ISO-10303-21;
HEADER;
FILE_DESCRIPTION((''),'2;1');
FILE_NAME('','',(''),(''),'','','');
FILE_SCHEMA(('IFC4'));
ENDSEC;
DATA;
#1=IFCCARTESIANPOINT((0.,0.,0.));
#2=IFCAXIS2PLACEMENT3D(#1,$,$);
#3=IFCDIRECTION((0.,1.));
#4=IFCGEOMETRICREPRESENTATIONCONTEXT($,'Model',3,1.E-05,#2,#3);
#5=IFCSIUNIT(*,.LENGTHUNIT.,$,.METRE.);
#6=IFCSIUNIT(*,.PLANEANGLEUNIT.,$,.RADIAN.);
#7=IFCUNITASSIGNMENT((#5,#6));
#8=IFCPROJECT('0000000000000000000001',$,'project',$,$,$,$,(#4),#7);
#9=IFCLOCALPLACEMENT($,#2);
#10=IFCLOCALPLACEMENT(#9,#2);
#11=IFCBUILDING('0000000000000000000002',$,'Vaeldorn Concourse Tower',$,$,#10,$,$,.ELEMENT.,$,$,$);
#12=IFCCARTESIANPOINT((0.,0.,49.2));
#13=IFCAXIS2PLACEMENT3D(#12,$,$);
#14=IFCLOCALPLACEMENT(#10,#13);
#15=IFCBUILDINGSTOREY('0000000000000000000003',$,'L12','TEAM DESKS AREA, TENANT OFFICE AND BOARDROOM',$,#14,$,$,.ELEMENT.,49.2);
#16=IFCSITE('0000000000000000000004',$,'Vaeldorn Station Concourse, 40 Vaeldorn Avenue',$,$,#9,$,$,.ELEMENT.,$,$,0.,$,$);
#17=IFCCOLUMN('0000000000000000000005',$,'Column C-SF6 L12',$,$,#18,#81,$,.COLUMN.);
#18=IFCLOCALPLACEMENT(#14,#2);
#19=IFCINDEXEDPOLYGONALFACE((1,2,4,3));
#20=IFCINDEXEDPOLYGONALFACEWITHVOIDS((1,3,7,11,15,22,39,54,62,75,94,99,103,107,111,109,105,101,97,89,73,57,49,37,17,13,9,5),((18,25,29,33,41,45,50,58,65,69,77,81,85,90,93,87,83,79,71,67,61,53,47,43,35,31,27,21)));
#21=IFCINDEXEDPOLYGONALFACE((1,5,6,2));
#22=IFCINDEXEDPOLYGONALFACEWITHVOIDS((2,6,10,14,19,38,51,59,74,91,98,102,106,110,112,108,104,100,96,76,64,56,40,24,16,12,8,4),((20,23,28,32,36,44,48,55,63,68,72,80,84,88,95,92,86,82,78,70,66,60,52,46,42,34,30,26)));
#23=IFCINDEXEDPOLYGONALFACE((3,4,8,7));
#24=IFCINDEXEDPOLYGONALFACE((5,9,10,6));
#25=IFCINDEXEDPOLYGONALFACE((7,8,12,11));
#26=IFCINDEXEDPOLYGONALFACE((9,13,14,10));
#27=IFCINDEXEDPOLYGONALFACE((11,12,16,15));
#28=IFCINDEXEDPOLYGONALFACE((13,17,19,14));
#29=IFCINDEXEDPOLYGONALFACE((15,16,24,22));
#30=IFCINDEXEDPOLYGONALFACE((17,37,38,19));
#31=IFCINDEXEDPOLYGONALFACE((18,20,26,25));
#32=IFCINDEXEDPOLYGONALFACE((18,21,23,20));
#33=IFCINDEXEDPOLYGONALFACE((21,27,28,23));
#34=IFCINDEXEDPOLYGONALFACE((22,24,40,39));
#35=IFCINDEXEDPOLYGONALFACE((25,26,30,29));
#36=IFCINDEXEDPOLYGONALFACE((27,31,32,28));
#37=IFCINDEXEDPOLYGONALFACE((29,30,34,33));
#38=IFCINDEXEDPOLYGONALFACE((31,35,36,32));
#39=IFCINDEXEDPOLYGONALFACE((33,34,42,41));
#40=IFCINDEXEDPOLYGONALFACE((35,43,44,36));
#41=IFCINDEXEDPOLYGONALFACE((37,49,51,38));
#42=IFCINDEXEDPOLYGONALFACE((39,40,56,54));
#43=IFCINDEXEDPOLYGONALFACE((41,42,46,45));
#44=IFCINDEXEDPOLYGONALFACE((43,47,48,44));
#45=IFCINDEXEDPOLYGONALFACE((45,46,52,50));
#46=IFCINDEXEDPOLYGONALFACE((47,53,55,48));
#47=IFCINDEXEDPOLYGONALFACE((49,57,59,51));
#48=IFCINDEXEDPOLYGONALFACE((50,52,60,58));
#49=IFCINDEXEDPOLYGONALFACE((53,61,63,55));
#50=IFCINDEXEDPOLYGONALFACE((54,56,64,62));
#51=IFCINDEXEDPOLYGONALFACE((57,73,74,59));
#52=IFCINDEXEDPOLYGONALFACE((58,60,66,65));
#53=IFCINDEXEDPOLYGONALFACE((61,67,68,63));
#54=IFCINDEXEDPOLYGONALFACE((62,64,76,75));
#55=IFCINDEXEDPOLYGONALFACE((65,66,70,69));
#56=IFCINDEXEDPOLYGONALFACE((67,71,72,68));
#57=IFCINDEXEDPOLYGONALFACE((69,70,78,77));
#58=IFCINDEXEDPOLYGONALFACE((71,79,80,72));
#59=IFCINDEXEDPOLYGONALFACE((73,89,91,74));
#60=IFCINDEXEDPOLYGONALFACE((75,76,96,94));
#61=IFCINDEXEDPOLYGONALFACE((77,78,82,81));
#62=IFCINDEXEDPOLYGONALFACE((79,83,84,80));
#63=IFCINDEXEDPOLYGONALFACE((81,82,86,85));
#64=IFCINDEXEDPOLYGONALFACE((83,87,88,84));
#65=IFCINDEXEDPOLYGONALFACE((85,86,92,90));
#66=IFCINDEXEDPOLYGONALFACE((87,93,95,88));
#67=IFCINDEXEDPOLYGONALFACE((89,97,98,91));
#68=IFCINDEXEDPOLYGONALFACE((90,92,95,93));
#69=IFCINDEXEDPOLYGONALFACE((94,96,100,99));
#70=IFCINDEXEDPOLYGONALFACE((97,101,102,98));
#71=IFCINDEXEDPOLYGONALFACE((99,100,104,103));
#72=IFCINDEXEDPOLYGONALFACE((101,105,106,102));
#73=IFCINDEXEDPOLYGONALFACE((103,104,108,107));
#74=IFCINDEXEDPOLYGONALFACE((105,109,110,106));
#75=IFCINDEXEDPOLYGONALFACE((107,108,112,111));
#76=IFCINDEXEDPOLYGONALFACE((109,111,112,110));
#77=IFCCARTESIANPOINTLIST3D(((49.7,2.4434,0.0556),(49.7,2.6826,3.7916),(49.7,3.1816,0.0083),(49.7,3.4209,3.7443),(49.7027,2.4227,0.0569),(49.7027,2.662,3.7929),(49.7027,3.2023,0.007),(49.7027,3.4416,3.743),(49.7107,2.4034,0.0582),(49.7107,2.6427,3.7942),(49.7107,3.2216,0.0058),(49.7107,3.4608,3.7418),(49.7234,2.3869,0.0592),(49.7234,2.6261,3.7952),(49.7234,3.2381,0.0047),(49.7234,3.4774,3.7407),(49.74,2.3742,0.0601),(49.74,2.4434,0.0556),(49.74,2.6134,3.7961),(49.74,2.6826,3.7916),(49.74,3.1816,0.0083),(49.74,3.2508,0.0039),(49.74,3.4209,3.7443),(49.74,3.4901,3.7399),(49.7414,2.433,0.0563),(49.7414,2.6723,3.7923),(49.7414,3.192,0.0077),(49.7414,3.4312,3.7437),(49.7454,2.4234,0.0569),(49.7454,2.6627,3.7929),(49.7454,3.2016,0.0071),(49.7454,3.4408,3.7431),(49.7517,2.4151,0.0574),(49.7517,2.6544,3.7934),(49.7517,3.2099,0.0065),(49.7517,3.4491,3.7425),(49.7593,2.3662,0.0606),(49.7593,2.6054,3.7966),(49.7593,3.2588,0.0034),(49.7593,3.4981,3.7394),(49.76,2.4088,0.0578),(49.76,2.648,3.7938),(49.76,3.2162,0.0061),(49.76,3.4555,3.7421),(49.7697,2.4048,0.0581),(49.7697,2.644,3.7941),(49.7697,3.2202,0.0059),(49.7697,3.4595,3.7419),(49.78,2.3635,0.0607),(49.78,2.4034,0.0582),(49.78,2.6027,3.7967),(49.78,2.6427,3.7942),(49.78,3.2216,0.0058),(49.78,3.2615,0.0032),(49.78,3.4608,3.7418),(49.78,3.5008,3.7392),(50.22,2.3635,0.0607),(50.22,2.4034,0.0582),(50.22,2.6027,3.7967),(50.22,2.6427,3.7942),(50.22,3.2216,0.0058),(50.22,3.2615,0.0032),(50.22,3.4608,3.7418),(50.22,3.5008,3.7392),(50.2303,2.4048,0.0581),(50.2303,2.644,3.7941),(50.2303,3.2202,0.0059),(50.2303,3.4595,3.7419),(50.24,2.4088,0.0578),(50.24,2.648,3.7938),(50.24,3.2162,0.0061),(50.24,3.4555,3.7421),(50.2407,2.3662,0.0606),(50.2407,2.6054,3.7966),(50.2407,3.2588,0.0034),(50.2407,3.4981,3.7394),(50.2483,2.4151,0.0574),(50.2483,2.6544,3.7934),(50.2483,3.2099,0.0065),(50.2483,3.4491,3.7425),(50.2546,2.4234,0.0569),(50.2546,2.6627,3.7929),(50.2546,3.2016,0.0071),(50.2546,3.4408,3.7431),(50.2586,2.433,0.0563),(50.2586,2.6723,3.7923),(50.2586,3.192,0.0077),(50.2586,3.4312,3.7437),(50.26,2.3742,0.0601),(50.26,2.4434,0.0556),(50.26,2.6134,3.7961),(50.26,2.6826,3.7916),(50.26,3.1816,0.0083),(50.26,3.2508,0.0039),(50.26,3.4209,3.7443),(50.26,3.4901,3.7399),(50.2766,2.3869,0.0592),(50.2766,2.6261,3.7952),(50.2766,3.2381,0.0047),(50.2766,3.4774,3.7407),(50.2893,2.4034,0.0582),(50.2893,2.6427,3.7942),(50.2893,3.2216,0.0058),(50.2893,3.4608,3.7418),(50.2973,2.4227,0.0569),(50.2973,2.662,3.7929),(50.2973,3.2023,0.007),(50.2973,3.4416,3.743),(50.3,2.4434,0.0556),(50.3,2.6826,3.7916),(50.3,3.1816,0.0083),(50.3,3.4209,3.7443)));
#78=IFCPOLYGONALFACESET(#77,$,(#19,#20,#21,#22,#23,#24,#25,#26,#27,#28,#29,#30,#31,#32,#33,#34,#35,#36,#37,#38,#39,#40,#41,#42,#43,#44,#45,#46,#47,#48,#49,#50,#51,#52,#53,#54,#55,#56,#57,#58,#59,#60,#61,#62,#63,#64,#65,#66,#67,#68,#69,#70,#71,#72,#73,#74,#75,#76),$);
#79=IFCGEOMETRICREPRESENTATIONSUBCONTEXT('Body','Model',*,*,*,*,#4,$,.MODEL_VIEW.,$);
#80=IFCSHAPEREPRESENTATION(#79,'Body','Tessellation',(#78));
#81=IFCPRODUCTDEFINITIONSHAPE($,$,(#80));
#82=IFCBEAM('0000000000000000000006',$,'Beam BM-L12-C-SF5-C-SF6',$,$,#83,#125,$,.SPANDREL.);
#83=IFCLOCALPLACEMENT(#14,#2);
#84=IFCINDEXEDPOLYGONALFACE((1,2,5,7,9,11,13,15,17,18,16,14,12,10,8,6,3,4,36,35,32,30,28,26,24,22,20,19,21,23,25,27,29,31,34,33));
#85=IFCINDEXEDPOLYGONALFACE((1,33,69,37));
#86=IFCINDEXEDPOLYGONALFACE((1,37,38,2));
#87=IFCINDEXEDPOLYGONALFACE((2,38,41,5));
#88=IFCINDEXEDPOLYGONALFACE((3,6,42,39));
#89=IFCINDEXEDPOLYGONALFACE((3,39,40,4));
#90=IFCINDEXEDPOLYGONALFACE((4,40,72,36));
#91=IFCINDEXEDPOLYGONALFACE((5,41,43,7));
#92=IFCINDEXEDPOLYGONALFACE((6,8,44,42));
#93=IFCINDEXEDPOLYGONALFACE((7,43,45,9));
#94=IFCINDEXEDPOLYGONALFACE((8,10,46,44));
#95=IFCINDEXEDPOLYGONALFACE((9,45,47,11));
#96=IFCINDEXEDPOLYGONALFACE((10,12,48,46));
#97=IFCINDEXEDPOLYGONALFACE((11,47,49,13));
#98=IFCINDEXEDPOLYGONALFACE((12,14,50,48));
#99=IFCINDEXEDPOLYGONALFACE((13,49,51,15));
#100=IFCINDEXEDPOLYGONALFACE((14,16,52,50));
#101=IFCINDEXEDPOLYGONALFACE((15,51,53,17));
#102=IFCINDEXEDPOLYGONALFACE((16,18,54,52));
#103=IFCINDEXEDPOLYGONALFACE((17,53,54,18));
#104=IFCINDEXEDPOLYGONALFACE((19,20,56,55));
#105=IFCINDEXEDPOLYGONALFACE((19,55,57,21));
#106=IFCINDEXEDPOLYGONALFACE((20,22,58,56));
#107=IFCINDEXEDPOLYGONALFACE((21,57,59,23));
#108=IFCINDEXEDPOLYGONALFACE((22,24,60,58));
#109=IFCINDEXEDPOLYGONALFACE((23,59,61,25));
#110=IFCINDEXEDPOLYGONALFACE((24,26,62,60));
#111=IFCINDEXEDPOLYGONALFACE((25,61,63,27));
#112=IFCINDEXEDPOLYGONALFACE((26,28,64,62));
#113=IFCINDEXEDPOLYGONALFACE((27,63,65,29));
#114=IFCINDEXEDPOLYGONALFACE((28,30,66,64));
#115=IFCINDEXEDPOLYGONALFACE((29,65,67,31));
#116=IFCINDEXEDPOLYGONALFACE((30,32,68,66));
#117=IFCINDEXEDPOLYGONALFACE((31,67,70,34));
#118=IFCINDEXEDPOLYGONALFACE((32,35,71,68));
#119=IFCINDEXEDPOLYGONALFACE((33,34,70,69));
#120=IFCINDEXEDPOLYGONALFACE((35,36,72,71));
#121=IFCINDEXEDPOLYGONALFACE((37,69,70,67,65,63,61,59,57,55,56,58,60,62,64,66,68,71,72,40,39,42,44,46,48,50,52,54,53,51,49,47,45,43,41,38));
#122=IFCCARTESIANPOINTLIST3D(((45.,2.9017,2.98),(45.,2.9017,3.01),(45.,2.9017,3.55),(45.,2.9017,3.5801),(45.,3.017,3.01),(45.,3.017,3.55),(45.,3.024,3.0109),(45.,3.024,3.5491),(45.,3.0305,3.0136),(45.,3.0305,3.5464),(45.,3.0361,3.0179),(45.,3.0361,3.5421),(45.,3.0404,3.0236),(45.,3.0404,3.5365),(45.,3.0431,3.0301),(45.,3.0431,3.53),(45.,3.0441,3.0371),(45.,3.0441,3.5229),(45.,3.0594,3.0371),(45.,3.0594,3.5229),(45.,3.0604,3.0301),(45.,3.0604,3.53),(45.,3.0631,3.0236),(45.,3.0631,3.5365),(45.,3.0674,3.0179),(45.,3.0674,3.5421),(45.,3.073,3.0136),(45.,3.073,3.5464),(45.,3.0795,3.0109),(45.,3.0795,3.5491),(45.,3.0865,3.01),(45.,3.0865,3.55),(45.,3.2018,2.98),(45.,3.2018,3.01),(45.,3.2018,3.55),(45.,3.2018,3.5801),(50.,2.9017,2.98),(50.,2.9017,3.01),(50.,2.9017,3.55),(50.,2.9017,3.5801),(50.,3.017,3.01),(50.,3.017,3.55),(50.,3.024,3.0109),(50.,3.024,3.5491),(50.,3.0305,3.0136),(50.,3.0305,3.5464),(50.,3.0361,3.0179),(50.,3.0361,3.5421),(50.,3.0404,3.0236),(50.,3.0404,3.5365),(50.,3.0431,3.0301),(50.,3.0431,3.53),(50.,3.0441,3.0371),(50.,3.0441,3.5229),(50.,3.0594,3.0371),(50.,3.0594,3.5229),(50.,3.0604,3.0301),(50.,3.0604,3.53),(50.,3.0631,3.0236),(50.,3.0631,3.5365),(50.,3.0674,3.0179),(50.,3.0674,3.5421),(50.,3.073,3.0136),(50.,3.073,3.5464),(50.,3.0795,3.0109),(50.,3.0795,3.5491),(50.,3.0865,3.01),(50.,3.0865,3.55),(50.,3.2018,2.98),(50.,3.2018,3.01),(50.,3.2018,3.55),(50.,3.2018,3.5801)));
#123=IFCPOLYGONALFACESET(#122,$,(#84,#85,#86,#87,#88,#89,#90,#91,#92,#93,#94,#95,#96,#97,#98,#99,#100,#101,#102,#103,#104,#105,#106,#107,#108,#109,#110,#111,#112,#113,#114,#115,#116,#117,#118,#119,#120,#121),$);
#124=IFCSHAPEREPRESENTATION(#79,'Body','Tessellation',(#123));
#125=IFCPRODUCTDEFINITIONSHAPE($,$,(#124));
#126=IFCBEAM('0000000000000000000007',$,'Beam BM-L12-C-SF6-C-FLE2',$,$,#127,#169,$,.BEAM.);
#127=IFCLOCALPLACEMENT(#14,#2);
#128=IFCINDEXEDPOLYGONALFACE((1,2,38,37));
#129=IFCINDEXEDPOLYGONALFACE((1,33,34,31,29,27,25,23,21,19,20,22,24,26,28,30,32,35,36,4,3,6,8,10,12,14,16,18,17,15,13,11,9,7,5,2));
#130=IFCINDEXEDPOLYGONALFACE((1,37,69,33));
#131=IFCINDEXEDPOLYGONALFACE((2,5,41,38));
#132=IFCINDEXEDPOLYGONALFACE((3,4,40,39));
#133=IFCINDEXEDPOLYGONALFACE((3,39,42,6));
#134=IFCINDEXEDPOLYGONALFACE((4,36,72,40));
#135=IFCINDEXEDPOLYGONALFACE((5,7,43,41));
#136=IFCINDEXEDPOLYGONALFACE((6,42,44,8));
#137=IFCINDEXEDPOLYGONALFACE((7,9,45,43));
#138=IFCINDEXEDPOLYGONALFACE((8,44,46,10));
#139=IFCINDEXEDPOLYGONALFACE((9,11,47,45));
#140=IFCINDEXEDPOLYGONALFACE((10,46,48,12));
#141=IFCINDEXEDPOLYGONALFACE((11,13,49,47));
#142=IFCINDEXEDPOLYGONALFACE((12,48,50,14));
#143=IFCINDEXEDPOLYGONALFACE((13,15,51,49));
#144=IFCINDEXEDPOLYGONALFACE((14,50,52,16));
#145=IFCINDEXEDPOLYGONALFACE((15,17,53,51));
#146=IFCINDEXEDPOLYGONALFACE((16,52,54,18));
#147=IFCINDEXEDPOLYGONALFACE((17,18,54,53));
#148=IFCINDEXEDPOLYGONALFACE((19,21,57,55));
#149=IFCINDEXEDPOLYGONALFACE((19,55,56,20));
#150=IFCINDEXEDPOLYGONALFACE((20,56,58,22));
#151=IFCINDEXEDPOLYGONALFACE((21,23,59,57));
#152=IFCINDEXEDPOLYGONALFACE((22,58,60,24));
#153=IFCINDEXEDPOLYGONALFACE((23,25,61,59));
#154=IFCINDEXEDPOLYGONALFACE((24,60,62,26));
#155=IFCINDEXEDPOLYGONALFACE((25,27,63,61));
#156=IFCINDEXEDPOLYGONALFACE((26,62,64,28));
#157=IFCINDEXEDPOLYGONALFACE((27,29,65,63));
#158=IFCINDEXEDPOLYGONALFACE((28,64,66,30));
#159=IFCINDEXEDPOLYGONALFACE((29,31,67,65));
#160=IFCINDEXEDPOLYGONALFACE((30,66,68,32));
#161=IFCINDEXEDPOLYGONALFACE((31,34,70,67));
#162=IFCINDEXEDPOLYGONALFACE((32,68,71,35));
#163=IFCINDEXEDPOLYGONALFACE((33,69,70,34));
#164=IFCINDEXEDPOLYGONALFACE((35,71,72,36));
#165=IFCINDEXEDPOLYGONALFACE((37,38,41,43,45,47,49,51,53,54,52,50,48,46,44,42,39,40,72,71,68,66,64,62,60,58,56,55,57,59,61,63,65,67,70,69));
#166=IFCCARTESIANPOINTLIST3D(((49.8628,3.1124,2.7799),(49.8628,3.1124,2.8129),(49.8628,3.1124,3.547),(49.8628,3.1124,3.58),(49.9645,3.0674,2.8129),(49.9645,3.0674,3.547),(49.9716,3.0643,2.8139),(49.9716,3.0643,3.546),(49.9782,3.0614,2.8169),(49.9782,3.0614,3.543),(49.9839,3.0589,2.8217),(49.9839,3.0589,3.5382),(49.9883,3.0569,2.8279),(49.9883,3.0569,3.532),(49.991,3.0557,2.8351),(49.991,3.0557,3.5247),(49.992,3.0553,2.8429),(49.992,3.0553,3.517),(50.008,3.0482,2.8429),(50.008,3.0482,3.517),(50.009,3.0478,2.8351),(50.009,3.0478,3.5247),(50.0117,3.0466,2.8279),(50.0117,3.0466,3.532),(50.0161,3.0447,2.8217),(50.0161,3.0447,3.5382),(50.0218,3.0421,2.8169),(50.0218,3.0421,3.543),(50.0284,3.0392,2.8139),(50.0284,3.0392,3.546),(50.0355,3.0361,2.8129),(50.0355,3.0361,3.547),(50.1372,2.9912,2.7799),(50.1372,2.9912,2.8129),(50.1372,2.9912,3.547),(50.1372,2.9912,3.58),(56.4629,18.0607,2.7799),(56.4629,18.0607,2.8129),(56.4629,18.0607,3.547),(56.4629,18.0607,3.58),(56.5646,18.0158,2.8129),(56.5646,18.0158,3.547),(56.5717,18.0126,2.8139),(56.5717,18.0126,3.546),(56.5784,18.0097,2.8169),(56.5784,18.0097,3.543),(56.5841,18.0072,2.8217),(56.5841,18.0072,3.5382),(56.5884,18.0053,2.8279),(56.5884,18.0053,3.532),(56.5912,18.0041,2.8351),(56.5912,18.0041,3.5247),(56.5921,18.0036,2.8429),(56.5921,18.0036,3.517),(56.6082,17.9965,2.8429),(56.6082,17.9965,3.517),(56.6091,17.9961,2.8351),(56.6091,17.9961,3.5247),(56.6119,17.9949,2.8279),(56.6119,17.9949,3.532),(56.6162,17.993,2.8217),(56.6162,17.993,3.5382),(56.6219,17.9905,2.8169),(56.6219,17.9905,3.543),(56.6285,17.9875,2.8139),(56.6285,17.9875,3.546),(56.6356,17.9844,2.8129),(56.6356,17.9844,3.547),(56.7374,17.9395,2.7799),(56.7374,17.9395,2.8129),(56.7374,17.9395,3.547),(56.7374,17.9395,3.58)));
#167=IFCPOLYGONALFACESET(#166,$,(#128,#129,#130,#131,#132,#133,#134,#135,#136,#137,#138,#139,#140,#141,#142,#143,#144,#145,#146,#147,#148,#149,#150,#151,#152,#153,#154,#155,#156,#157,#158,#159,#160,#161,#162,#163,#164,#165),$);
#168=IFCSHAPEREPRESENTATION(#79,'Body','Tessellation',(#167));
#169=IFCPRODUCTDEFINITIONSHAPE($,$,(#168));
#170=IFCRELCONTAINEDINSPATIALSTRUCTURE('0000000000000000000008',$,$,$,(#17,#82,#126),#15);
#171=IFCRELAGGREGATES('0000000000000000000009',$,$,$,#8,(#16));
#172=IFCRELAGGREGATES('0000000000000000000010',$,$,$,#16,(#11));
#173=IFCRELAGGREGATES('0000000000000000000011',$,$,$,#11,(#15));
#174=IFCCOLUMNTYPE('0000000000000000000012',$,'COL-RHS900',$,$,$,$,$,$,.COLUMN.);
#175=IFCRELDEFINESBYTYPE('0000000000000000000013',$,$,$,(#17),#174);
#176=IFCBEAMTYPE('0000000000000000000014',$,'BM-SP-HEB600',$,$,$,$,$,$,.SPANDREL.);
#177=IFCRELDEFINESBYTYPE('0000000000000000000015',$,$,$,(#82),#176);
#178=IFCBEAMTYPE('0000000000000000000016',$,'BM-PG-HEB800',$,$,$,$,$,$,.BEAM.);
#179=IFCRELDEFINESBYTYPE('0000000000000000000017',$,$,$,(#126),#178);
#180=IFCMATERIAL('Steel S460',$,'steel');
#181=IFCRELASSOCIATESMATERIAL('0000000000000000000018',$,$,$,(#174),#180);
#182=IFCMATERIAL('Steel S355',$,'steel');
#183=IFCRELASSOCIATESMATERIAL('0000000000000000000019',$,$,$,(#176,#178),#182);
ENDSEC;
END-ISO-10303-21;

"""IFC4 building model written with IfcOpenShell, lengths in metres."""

from ifc_helpers import new_model, si_unit, direction, frame, origin, origin_2d, place, context, subcontext, project, spatial, hollow_rectangle, i_section, extrude, source, transform, mapped, material, material_profile, profile_set, type_object, element, save


model = new_model("IFC4")

# Units and contexts
model_context = context("Model", 3, precision=1e-05, world=origin(), true_north=direction((0.0, 1.0)))
body_context = subcontext(model_context, "Body", "Model", "MODEL_VIEW")
ifc_project = project(units=[si_unit("LENGTHUNIT", "METRE"), si_unit("PLANEANGLEUNIT", "RADIAN")], contexts=[model_context])

# Site, building, storey
site_placement = place(None, origin())
site = spatial("IfcSite", under=ifc_project, at=site_placement, Name="Vaeldorn Station Concourse, 40 Vaeldorn Avenue", CompositionType="ELEMENT", RefElevation=0.0)
building_placement = place(site_placement, origin())
building = spatial("IfcBuilding", under=site, at=building_placement, Name="Vaeldorn Concourse Tower", CompositionType="ELEMENT")
storey_placement = place(building_placement, frame((0.0, 0.0, 49.2)))
storey = spatial("IfcBuildingStorey", under=building, at=storey_placement, Name="L12", Description="TEAM DESKS AREA, TENANT OFFICE AND BOARDROOM", CompositionType="ELEMENT", Elevation=49.2)

# Column
ifc_material_1 = material(Name="Steel S460", Category="steel")
ifc_material_profile_1 = material_profile(ifc_material_1, hollow_rectangle(XDim=0.6001, YDim=0.8999, WallThickness=0.04, InnerFilletRadius=0.04, OuterFilletRadius=0.0801, at=origin_2d()), Name="RHS 900x600x40")
ifc_profile_set_1 = profile_set([ifc_material_profile_1], Name="Steel S460")
column_type = type_object("IfcColumnType", Name="COL-RHS900", PredefinedType="COLUMN", material=ifc_profile_set_1)
shared_shape_1 = source(origin(), body_context, "Body", "SweptSolid", [
    extrude(hollow_rectangle(XDim=0.6001, YDim=0.8999, WallThickness=0.04, InnerFilletRadius=0.04, OuterFilletRadius=0.0801, at=origin_2d()), origin(), (0.0, 0.0, 1.0), 3.7437),
])
column_placement = place(storey_placement, frame((50.0, 2.8125, 0.032), z_axis=(0.0, 0.063909, 0.997956), x_axis=(-1.0, 0.0, 0.0)))
element("IfcColumn", 1, at=column_placement, inside=storey, type_object=column_type, Name="Column C-SF6 L12", PredefinedType="COLUMN", context=body_context, shape_type="MappedRepresentation", body=[
    mapped(shared_shape_1, transform((0.0, 0.0, 0.0), scale=1.0)),
])

# Beams
ifc_material_2 = material(Name="Steel S355", Category="steel")
ifc_material_profile_2 = material_profile(ifc_material_2, i_section(OverallWidth=0.3, OverallDepth=0.6001, WebThickness=0.0154, FlangeThickness=0.03, FilletRadius=0.0271, at=origin_2d()), Name="HEB 600")
ifc_profile_set_2 = profile_set([ifc_material_profile_2], Name="Steel S355")
beam_type_1 = type_object("IfcBeamType", Name="BM-SP-HEB600", PredefinedType="SPANDREL", material=ifc_profile_set_2)
shared_shape_2 = source(origin(), body_context, "Body", "SweptSolid", [
    extrude(i_section(OverallWidth=0.3, OverallDepth=0.6001, WebThickness=0.0154, FlangeThickness=0.03, FilletRadius=0.0271, at=origin_2d()), origin(), (0.0, 0.0, 1.0), 5.0),
])
beam_1_placement = place(storey_placement, frame((45.0, 3.0518, 3.28), z_axis=(1.0, 0.0, 0.0), x_axis=(0.0, 1.0, 0.0)))
element("IfcBeam", 2, at=beam_1_placement, inside=storey, type_object=beam_type_1, Name="Beam BM-L12-C-SF5-C-SF6", PredefinedType="SPANDREL", context=body_context, shape_type="MappedRepresentation", body=[
    mapped(shared_shape_2, transform((0.0, 0.0, 0.0), scale=1.0)),
])
ifc_material_profile_3 = material_profile(ifc_material_2, i_section(OverallWidth=0.3, OverallDepth=0.8, WebThickness=0.0176, FlangeThickness=0.033, FilletRadius=0.03, at=origin_2d()), Name="HEB 800")
ifc_profile_set_3 = profile_set([ifc_material_profile_3], Name="Steel S355")
beam_type_2 = type_object("IfcBeamType", Name="BM-PG-HEB800", PredefinedType="BEAM", material=ifc_profile_set_3)
shared_shape_3 = source(origin(), body_context, "Body", "SweptSolid", [
    extrude(i_section(OverallWidth=0.3, OverallDepth=0.8, WebThickness=0.0176, FlangeThickness=0.033, FilletRadius=0.03, at=origin_2d()), origin(), (0.0, 0.0, 1.0), 16.3406),
])
beam_2_placement = place(storey_placement, frame((50.0, 3.0518, 3.1799), z_axis=(0.403911, 0.914798, 0.0), x_axis=(-0.914798, 0.403911, 0.0)))
element("IfcBeam", 3, at=beam_2_placement, inside=storey, type_object=beam_type_2, Name="Beam BM-L12-C-SF6-C-FLE2", PredefinedType="BEAM", context=body_context, shape_type="MappedRepresentation", body=[
    mapped(shared_shape_3, transform((0.0, 0.0, 0.0), scale=1.0)),
])

save(model, "model.ifc")
